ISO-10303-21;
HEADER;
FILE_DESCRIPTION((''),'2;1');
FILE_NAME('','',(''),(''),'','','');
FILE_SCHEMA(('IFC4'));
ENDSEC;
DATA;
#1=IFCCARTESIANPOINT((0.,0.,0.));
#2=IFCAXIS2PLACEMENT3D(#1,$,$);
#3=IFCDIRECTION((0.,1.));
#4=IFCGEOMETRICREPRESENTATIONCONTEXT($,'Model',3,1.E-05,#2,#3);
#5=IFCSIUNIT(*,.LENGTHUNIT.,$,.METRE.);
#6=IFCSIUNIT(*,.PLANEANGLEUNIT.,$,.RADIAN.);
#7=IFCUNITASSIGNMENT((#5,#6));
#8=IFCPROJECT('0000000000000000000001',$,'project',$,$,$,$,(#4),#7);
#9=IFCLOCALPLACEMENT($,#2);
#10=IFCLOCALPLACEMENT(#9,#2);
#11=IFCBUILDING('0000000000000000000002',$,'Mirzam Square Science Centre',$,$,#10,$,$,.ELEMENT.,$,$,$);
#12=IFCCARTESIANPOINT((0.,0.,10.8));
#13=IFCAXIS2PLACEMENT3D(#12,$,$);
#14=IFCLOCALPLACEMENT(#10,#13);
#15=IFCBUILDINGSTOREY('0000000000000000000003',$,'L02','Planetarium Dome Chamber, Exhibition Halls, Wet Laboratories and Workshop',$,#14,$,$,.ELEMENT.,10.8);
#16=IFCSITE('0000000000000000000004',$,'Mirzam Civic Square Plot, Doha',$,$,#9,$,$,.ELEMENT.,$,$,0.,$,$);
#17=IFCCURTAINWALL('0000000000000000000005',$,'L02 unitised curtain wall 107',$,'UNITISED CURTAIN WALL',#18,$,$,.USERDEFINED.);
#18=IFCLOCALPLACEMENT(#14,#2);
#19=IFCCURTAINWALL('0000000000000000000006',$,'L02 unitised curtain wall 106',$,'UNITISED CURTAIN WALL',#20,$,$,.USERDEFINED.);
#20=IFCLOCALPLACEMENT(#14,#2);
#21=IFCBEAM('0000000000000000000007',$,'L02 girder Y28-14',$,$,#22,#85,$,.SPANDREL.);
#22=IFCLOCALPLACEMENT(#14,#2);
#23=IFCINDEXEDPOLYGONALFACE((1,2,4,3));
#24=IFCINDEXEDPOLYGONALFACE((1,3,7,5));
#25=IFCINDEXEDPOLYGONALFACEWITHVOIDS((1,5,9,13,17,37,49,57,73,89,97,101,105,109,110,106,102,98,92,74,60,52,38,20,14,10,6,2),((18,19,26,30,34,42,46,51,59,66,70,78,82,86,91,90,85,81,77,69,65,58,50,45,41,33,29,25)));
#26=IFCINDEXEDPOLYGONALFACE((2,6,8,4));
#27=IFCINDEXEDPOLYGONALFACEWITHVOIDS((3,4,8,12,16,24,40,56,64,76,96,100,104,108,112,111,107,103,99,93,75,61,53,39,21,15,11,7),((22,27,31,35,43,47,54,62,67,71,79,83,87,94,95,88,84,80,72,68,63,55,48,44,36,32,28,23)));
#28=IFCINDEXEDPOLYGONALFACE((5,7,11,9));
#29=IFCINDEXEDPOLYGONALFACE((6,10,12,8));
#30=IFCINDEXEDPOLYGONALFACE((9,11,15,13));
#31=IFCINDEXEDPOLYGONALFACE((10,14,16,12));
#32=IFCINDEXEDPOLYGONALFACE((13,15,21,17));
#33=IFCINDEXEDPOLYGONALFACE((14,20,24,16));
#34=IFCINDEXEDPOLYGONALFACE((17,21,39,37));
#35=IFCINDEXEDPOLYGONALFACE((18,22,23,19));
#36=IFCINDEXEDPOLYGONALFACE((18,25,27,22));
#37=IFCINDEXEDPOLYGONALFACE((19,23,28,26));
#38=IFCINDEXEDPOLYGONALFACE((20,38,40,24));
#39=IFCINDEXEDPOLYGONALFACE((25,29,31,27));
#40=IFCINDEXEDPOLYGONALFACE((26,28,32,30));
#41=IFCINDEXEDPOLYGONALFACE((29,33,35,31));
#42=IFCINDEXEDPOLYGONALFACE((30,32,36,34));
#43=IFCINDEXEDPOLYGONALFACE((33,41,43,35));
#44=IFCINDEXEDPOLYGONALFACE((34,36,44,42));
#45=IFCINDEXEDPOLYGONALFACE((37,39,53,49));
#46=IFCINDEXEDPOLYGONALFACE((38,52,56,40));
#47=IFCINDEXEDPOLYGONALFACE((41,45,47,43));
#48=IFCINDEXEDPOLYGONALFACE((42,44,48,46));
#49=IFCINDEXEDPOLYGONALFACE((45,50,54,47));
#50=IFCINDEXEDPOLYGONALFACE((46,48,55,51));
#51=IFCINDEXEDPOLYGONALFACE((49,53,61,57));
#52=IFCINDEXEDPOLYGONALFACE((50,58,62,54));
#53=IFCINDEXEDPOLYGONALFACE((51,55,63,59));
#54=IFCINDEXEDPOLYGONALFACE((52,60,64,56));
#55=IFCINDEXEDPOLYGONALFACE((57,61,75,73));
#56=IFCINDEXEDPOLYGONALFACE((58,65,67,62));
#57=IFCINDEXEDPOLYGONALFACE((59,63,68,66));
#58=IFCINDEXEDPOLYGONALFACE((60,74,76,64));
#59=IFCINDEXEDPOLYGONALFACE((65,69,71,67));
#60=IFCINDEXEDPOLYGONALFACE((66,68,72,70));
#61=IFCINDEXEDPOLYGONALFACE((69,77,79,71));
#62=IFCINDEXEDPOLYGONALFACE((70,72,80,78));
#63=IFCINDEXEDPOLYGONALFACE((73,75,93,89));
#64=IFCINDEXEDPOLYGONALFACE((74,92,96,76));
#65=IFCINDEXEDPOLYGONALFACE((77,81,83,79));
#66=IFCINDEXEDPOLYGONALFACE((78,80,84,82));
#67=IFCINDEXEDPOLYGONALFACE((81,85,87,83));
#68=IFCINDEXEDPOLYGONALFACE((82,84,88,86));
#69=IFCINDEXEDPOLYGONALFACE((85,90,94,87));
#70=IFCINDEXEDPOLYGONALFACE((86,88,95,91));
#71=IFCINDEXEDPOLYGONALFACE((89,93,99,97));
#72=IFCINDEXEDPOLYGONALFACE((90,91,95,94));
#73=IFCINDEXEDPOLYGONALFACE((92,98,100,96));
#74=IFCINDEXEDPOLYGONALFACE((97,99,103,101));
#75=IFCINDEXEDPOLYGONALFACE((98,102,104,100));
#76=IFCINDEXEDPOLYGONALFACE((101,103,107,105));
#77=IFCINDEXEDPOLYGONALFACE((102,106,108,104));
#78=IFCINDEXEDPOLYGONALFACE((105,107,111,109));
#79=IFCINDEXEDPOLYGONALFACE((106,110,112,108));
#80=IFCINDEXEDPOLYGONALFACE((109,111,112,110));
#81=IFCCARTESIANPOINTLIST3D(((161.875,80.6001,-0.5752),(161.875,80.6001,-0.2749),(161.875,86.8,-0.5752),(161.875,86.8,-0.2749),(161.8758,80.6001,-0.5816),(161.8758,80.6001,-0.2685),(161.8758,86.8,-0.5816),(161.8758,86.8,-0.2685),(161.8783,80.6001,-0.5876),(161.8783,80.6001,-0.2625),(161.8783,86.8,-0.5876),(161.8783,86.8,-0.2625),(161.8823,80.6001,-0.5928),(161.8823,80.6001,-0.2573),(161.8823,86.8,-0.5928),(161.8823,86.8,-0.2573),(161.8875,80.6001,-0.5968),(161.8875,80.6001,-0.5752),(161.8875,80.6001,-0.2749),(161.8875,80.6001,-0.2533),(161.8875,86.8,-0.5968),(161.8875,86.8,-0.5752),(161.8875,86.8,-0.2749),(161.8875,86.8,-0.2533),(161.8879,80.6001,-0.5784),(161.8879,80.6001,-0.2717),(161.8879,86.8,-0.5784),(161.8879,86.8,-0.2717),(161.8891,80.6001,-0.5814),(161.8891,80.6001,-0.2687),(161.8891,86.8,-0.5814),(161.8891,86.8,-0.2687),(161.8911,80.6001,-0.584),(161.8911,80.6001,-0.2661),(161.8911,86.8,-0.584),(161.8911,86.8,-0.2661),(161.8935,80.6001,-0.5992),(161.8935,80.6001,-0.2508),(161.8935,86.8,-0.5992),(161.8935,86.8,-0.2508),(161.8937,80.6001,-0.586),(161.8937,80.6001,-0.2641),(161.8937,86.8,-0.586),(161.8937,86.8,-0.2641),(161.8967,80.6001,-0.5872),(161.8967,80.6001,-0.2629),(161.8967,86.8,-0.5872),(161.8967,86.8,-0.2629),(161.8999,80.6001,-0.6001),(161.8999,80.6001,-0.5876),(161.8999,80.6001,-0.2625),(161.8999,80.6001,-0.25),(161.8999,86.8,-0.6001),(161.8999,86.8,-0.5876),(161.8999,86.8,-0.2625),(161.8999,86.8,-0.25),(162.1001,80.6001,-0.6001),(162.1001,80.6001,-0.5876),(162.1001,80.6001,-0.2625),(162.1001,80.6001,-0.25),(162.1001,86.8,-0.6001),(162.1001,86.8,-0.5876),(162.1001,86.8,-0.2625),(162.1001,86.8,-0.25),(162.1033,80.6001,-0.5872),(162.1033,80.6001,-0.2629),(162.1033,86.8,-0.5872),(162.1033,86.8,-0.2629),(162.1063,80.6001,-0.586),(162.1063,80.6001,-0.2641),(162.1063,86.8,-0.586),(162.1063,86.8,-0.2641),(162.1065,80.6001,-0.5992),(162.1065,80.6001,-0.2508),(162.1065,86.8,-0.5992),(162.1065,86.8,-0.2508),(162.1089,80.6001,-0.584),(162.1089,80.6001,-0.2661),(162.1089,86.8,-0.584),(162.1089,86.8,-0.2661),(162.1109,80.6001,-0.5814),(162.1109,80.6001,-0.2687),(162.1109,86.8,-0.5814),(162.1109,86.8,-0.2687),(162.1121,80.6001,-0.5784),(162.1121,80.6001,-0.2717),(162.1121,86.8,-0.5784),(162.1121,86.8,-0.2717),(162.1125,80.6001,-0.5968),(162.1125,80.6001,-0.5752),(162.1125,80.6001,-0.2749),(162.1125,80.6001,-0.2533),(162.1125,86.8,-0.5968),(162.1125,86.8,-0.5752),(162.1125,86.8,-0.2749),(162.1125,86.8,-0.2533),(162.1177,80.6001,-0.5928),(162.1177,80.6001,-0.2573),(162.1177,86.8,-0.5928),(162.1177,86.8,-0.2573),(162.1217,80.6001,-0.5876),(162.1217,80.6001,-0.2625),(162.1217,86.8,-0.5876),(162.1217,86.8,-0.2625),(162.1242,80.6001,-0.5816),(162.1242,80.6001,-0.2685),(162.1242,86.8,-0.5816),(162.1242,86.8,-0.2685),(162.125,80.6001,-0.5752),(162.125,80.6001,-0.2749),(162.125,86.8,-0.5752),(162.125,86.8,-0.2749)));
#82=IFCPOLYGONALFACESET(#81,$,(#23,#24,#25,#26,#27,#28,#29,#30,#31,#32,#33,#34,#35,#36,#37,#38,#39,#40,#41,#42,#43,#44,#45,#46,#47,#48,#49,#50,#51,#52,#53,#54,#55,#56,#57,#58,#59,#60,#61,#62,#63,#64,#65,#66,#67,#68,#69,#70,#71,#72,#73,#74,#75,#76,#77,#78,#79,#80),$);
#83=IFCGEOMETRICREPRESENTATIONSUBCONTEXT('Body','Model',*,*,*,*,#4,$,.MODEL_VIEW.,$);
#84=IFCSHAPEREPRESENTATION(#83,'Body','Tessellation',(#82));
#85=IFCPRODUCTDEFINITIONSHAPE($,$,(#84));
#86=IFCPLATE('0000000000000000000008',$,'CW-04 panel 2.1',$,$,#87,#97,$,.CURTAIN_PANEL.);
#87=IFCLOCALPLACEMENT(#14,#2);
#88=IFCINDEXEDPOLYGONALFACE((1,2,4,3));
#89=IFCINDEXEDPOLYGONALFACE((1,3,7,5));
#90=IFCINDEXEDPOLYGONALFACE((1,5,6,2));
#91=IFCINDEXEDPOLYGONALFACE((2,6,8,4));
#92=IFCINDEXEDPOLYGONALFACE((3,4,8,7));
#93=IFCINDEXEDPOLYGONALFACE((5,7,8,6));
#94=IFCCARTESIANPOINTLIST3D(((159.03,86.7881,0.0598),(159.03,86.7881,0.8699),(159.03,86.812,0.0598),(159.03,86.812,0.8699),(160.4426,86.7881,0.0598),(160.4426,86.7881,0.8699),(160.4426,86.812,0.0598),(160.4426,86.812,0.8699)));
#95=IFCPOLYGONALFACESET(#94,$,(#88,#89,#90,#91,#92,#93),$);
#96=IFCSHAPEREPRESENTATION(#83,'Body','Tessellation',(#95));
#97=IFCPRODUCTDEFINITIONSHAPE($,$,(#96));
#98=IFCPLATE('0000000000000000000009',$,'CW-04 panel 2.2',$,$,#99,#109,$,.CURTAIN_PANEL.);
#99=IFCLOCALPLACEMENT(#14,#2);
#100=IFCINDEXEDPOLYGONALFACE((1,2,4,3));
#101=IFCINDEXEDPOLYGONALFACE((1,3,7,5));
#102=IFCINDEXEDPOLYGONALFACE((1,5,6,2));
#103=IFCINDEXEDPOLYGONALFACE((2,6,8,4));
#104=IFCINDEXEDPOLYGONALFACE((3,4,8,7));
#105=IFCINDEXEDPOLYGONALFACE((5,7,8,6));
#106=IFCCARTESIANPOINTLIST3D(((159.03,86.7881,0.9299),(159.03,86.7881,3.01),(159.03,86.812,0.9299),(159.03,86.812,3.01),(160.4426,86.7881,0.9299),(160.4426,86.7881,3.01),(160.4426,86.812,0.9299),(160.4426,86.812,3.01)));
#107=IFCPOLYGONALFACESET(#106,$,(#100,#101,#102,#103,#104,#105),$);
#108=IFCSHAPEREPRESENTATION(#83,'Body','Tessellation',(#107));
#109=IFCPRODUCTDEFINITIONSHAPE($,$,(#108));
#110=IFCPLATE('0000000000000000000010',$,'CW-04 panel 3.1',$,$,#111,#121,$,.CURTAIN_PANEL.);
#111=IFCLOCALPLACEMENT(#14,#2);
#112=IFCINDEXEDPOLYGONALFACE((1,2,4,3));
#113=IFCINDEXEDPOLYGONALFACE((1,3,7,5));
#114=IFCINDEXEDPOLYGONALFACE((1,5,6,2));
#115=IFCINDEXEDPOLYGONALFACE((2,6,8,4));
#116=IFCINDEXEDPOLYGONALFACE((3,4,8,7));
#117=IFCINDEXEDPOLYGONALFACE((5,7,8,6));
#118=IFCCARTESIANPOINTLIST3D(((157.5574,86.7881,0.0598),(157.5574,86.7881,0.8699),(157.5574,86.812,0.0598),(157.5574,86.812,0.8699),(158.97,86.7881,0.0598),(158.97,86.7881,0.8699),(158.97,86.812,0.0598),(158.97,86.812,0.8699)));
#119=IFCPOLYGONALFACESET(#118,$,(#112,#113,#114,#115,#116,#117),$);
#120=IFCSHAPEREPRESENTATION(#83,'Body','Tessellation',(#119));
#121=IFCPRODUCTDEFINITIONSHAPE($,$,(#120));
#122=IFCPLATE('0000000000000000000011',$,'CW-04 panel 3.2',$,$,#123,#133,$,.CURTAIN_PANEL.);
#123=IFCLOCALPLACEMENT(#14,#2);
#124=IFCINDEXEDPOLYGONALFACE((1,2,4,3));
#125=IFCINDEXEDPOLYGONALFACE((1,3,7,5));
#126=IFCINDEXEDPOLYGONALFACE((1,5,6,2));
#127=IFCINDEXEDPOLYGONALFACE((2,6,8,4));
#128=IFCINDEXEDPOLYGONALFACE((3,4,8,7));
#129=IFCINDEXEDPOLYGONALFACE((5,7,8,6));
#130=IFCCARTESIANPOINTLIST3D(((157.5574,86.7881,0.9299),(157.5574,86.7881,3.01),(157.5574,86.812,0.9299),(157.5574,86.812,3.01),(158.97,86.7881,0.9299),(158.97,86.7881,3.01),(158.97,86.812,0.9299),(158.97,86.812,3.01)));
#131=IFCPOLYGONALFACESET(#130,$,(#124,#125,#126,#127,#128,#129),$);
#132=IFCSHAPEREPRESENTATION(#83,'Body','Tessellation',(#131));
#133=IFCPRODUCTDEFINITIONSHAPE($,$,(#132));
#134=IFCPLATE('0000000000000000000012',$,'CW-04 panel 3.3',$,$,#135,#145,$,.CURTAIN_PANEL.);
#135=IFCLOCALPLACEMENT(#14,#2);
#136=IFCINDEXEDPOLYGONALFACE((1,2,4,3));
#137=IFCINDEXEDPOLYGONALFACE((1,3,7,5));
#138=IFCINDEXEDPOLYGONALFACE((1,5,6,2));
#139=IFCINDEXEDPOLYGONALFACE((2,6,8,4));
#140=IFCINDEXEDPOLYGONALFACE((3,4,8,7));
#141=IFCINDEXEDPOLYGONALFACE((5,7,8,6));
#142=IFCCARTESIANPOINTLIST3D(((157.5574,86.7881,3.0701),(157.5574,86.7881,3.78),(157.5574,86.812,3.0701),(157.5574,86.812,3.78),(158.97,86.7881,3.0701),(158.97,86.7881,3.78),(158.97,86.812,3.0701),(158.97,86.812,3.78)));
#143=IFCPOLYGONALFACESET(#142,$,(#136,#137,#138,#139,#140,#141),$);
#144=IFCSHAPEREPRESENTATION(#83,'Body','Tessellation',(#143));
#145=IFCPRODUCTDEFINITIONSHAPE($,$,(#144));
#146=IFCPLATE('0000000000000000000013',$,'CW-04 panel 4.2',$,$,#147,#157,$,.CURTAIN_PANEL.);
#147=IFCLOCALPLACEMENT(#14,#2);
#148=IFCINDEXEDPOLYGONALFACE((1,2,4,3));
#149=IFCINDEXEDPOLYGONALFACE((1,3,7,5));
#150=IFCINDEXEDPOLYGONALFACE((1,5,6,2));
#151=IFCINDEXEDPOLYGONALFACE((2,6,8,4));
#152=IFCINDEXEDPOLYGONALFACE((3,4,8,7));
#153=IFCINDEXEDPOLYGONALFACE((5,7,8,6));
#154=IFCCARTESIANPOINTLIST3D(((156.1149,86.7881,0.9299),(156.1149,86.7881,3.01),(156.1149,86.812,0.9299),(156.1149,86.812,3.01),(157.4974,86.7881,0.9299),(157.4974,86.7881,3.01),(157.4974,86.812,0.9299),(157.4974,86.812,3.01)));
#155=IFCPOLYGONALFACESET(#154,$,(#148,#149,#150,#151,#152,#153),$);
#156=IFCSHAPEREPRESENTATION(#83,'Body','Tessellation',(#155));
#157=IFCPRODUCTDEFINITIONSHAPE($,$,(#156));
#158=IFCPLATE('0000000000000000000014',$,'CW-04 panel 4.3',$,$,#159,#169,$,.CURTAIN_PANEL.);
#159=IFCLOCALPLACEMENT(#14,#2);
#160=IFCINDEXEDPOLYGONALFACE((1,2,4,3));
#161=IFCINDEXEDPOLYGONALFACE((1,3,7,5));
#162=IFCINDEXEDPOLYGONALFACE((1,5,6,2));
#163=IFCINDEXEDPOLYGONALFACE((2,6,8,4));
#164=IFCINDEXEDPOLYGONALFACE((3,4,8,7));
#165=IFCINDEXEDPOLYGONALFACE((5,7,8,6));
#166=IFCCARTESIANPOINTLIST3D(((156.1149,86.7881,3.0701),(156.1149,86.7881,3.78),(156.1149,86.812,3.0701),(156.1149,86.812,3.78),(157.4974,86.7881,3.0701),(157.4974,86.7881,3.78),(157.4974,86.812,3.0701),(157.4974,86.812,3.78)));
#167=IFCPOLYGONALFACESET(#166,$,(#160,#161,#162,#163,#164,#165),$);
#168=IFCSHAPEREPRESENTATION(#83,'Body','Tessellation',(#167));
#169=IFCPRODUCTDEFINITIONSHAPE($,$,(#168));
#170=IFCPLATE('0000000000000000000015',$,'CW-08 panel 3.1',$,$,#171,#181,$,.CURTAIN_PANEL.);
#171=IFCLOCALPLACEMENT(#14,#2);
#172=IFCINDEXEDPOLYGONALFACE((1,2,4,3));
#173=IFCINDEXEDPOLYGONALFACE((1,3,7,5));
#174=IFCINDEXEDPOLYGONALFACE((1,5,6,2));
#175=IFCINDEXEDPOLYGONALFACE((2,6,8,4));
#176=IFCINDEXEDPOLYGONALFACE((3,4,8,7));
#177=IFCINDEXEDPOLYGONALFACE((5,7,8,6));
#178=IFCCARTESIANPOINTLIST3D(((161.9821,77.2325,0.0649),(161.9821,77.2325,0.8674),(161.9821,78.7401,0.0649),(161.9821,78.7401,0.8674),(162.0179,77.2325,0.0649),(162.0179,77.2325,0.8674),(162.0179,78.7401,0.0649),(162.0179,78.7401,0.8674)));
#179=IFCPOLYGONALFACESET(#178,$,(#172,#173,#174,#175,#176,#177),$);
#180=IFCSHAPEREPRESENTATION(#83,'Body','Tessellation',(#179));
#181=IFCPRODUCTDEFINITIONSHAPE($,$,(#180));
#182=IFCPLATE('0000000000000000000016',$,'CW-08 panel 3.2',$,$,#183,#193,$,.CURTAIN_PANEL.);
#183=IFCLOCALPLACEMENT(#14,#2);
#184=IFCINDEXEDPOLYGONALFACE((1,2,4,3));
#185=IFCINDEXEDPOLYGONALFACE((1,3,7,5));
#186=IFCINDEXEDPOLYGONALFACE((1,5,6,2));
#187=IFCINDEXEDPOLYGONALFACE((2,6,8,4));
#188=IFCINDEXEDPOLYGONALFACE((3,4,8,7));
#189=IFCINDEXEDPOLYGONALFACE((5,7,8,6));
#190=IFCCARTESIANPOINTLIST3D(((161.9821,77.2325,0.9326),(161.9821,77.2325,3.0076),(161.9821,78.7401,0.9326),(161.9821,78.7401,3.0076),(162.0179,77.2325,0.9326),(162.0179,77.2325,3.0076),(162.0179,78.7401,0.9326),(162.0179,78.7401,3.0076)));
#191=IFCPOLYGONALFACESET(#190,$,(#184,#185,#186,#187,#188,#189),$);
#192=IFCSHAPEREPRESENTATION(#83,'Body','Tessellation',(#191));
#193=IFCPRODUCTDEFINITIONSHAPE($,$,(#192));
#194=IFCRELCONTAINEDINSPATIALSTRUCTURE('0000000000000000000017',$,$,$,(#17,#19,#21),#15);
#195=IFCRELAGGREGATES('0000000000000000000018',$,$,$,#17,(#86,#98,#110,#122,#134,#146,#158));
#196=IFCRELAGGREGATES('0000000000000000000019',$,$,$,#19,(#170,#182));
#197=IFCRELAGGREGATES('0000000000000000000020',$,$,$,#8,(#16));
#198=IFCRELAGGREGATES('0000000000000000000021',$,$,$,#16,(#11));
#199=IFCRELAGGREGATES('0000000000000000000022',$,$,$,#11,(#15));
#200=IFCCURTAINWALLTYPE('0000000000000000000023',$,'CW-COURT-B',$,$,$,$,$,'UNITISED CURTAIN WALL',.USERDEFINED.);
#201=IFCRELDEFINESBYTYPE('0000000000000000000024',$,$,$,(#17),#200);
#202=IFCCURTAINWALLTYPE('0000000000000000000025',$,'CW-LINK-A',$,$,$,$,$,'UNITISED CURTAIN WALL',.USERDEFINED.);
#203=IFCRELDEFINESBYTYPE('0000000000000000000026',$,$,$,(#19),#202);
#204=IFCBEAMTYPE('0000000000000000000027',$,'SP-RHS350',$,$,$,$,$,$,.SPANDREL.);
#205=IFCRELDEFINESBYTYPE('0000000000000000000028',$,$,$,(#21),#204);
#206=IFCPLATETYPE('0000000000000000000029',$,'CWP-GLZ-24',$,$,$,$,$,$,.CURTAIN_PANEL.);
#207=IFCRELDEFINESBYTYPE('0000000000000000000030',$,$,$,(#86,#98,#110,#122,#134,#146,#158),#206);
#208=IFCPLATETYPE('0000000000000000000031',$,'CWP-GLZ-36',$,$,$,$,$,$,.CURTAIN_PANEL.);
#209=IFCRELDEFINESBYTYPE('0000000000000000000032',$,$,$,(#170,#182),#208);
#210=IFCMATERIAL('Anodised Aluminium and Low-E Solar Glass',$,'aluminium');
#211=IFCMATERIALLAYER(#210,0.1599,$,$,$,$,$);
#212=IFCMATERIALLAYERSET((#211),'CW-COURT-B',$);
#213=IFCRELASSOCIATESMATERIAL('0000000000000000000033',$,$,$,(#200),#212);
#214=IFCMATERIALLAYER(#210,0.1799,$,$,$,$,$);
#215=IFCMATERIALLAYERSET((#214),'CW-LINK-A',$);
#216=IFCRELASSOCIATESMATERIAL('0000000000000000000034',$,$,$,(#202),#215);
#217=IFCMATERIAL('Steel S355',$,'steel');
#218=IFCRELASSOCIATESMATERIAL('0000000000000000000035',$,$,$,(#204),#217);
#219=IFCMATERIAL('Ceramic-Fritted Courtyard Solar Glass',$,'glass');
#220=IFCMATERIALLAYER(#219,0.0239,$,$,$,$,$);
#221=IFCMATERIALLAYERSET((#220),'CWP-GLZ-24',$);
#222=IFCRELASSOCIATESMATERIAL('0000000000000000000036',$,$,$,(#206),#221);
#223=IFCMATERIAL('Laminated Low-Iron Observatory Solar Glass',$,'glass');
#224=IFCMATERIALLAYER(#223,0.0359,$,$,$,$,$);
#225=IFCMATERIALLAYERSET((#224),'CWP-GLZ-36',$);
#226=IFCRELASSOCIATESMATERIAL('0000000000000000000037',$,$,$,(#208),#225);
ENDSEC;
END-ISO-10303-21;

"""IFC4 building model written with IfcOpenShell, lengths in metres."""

from ifc_helpers import new_model, si_unit, direction, frame, origin, origin_2d, place, context, subcontext, project, spatial, rectangle, hollow_rectangle, extrude, material, layer, layer_set, material_profile, profile_set, type_object, element, aggregate, save


model = new_model("IFC4")

# Units and contexts
model_context = context("Model", 3, precision=1e-05, world=origin(), true_north=direction((0.0, 1.0)))
body_context = subcontext(model_context, "Body", "Model", "MODEL_VIEW")
ifc_project = project(units=[si_unit("LENGTHUNIT", "METRE"), si_unit("PLANEANGLEUNIT", "RADIAN")], contexts=[model_context])

# Site, building, storey
site_placement = place(None, origin())
site = spatial("IfcSite", under=ifc_project, at=site_placement, Name="Mirzam Civic Square Plot, Doha", CompositionType="ELEMENT", RefElevation=0.0)
building_placement = place(site_placement, origin())
building = spatial("IfcBuilding", under=site, at=building_placement, Name="Mirzam Square Science Centre", CompositionType="ELEMENT")
storey_placement = place(building_placement, frame((0.0, 0.0, 10.8)))
storey = spatial("IfcBuildingStorey", under=building, at=storey_placement, Name="L02", Description="Planetarium Dome Chamber, Exhibition Halls, Wet Laboratories and Workshop", CompositionType="ELEMENT", Elevation=10.8)

# Shared definitions
ifc_material_1 = material(Name="Steel S355", Category="steel")

# Curtain walls
ifc_material_2 = material(Name="Anodised Aluminium and Low-E Solar Glass", Category="aluminium")
ifc_layer_1 = layer(ifc_material_2, 0.1599)
ifc_layer_set_1 = layer_set([ifc_layer_1], Name="CW-COURT-B")
curtain_wall_type_1 = type_object("IfcCurtainWallType", Name="CW-COURT-B", ElementType="UNITISED CURTAIN WALL", PredefinedType="USERDEFINED", material=ifc_layer_set_1)
curtain_wall_1_placement = place(storey_placement, origin())
curtain_wall_1 = element("IfcCurtainWall", 1, at=curtain_wall_1_placement, inside=storey, type_object=curtain_wall_type_1, Name="L02 unitised curtain wall 107", ObjectType="UNITISED CURTAIN WALL", PredefinedType="USERDEFINED")
ifc_layer_2 = layer(ifc_material_2, 0.1799)
ifc_layer_set_2 = layer_set([ifc_layer_2], Name="CW-LINK-A")
curtain_wall_type_2 = type_object("IfcCurtainWallType", Name="CW-LINK-A", ElementType="UNITISED CURTAIN WALL", PredefinedType="USERDEFINED", material=ifc_layer_set_2)
curtain_wall_2_placement = place(storey_placement, origin())
curtain_wall_2 = element("IfcCurtainWall", 2, at=curtain_wall_2_placement, inside=storey, type_object=curtain_wall_type_2, Name="L02 unitised curtain wall 106", ObjectType="UNITISED CURTAIN WALL", PredefinedType="USERDEFINED")

# Beam
ifc_material_profile_1 = material_profile(ifc_material_1, hollow_rectangle(XDim=0.25, YDim=0.3501, WallThickness=0.0125, InnerFilletRadius=0.0125, OuterFilletRadius=0.0249, at=origin_2d()), Name="350x250x12.5RHS")
ifc_profile_set_1 = profile_set([ifc_material_profile_1], Name="Steel S355")
beam_type = type_object("IfcBeamType", Name="SP-RHS350", PredefinedType="SPANDREL", material=ifc_profile_set_1)
beam_placement = place(storey_placement, frame((162.0, 80.6001, -0.425), z_axis=(0.0, 1.0, 0.0), x_axis=(-1.0, 0.0, 0.0)))
element("IfcBeam", 3, at=beam_placement, inside=storey, type_object=beam_type, Name="L02 girder Y28-14", PredefinedType="SPANDREL", context=body_context, shape_type="SweptSolid", body=[
    extrude(hollow_rectangle(XDim=0.25, YDim=0.3501, WallThickness=0.0125, InnerFilletRadius=0.0125, OuterFilletRadius=0.0249, at=origin_2d()), origin(), (0.0, 0.0, 1.0), 6.2),
])

# Plates
ifc_material_3 = material(Name="Ceramic-Fritted Courtyard Solar Glass", Category="glass")
ifc_layer_3 = layer(ifc_material_3, 0.0239)
ifc_layer_set_3 = layer_set([ifc_layer_3], Name="CWP-GLZ-24")
plate_type_1 = type_object("IfcPlateType", Name="CWP-GLZ-24", PredefinedType="CURTAIN_PANEL", material=ifc_layer_set_3)
plate_1_placement = place(storey_placement, frame((159.7363, 86.8, 0.0598), z_axis=(0.0, 0.0, 1.0), x_axis=(-1.0, 0.0, 0.0)))
plate_1 = element("IfcPlate", 4, at=plate_1_placement, type_object=plate_type_1, Name="CW-04 panel 2.1", PredefinedType="CURTAIN_PANEL", context=body_context, shape_type="SweptSolid", body=[
    extrude(rectangle(XDim=1.4126, YDim=0.0239, at=origin_2d()), origin(), (0.0, 0.0, 1.0), 0.8101),
])
plate_2_placement = place(storey_placement, frame((159.7363, 86.8, 0.9299), z_axis=(0.0, 0.0, 1.0), x_axis=(-1.0, 0.0, 0.0)))
plate_2 = element("IfcPlate", 5, at=plate_2_placement, type_object=plate_type_1, Name="CW-04 panel 2.2", PredefinedType="CURTAIN_PANEL", context=body_context, shape_type="SweptSolid", body=[
    extrude(rectangle(XDim=1.4126, YDim=0.0239, at=origin_2d()), origin(), (0.0, 0.0, 1.0), 2.0801),
])
plate_3_placement = place(storey_placement, frame((158.2637, 86.8, 0.0598), z_axis=(0.0, 0.0, 1.0), x_axis=(-1.0, 0.0, 0.0)))
plate_3 = element("IfcPlate", 6, at=plate_3_placement, type_object=plate_type_1, Name="CW-04 panel 3.1", PredefinedType="CURTAIN_PANEL", context=body_context, shape_type="SweptSolid", body=[
    extrude(rectangle(XDim=1.4126, YDim=0.0239, at=origin_2d()), origin(), (0.0, 0.0, 1.0), 0.8101),
])
plate_4_placement = place(storey_placement, frame((158.2637, 86.8, 0.9299), z_axis=(0.0, 0.0, 1.0), x_axis=(-1.0, 0.0, 0.0)))
plate_4 = element("IfcPlate", 7, at=plate_4_placement, type_object=plate_type_1, Name="CW-04 panel 3.2", PredefinedType="CURTAIN_PANEL", context=body_context, shape_type="SweptSolid", body=[
    extrude(rectangle(XDim=1.4126, YDim=0.0239, at=origin_2d()), origin(), (0.0, 0.0, 1.0), 2.0801),
])
plate_5_placement = place(storey_placement, frame((158.2637, 86.8, 3.0701), z_axis=(0.0, 0.0, 1.0), x_axis=(-1.0, 0.0, 0.0)))
plate_5 = element("IfcPlate", 8, at=plate_5_placement, type_object=plate_type_1, Name="CW-04 panel 3.3", PredefinedType="CURTAIN_PANEL", context=body_context, shape_type="SweptSolid", body=[
    extrude(rectangle(XDim=1.4126, YDim=0.0239, at=origin_2d()), origin(), (0.0, 0.0, 1.0), 0.71),
])
plate_6_placement = place(storey_placement, frame((156.8062, 86.8, 0.9299), z_axis=(0.0, 0.0, 1.0), x_axis=(-1.0, 0.0, 0.0)))
plate_6 = element("IfcPlate", 9, at=plate_6_placement, type_object=plate_type_1, Name="CW-04 panel 4.2", PredefinedType="CURTAIN_PANEL", context=body_context, shape_type="SweptSolid", body=[
    extrude(rectangle(XDim=1.3826, YDim=0.0239, at=origin_2d()), origin(), (0.0, 0.0, 1.0), 2.0801),
])
plate_7_placement = place(storey_placement, frame((156.8062, 86.8, 3.0701), z_axis=(0.0, 0.0, 1.0), x_axis=(-1.0, 0.0, 0.0)))
plate_7 = element("IfcPlate", 10, at=plate_7_placement, type_object=plate_type_1, Name="CW-04 panel 4.3", PredefinedType="CURTAIN_PANEL", context=body_context, shape_type="SweptSolid", body=[
    extrude(rectangle(XDim=1.3826, YDim=0.0239, at=origin_2d()), origin(), (0.0, 0.0, 1.0), 0.71),
])
aggregate(curtain_wall_1, [plate_1, plate_2, plate_3, plate_4, plate_5, plate_6, plate_7])
ifc_material_4 = material(Name="Laminated Low-Iron Observatory Solar Glass", Category="glass")
ifc_layer_4 = layer(ifc_material_4, 0.0359)
ifc_layer_set_4 = layer_set([ifc_layer_4], Name="CWP-GLZ-36")
plate_type_2 = type_object("IfcPlateType", Name="CWP-GLZ-36", PredefinedType="CURTAIN_PANEL", material=ifc_layer_set_4)
plate_8_placement = place(storey_placement, frame((162.0, 77.9863, 0.0649), z_axis=(0.0, 0.0, 1.0), x_axis=(0.0, 1.0, 0.0)))
plate_8 = element("IfcPlate", 11, at=plate_8_placement, type_object=plate_type_2, Name="CW-08 panel 3.1", PredefinedType="CURTAIN_PANEL", context=body_context, shape_type="SweptSolid", body=[
    extrude(rectangle(XDim=1.5076, YDim=0.0359, at=origin_2d()), origin(), (0.0, 0.0, 1.0), 0.8025),
])
plate_9_placement = place(storey_placement, frame((162.0, 77.9863, 0.9326), z_axis=(0.0, 0.0, 1.0), x_axis=(0.0, 1.0, 0.0)))
plate_9 = element("IfcPlate", 12, at=plate_9_placement, type_object=plate_type_2, Name="CW-08 panel 3.2", PredefinedType="CURTAIN_PANEL", context=body_context, shape_type="SweptSolid", body=[
    extrude(rectangle(XDim=1.5076, YDim=0.0359, at=origin_2d()), origin(), (0.0, 0.0, 1.0), 2.075),
])
aggregate(curtain_wall_2, [plate_8, plate_9])

save(model, "model.ifc")
